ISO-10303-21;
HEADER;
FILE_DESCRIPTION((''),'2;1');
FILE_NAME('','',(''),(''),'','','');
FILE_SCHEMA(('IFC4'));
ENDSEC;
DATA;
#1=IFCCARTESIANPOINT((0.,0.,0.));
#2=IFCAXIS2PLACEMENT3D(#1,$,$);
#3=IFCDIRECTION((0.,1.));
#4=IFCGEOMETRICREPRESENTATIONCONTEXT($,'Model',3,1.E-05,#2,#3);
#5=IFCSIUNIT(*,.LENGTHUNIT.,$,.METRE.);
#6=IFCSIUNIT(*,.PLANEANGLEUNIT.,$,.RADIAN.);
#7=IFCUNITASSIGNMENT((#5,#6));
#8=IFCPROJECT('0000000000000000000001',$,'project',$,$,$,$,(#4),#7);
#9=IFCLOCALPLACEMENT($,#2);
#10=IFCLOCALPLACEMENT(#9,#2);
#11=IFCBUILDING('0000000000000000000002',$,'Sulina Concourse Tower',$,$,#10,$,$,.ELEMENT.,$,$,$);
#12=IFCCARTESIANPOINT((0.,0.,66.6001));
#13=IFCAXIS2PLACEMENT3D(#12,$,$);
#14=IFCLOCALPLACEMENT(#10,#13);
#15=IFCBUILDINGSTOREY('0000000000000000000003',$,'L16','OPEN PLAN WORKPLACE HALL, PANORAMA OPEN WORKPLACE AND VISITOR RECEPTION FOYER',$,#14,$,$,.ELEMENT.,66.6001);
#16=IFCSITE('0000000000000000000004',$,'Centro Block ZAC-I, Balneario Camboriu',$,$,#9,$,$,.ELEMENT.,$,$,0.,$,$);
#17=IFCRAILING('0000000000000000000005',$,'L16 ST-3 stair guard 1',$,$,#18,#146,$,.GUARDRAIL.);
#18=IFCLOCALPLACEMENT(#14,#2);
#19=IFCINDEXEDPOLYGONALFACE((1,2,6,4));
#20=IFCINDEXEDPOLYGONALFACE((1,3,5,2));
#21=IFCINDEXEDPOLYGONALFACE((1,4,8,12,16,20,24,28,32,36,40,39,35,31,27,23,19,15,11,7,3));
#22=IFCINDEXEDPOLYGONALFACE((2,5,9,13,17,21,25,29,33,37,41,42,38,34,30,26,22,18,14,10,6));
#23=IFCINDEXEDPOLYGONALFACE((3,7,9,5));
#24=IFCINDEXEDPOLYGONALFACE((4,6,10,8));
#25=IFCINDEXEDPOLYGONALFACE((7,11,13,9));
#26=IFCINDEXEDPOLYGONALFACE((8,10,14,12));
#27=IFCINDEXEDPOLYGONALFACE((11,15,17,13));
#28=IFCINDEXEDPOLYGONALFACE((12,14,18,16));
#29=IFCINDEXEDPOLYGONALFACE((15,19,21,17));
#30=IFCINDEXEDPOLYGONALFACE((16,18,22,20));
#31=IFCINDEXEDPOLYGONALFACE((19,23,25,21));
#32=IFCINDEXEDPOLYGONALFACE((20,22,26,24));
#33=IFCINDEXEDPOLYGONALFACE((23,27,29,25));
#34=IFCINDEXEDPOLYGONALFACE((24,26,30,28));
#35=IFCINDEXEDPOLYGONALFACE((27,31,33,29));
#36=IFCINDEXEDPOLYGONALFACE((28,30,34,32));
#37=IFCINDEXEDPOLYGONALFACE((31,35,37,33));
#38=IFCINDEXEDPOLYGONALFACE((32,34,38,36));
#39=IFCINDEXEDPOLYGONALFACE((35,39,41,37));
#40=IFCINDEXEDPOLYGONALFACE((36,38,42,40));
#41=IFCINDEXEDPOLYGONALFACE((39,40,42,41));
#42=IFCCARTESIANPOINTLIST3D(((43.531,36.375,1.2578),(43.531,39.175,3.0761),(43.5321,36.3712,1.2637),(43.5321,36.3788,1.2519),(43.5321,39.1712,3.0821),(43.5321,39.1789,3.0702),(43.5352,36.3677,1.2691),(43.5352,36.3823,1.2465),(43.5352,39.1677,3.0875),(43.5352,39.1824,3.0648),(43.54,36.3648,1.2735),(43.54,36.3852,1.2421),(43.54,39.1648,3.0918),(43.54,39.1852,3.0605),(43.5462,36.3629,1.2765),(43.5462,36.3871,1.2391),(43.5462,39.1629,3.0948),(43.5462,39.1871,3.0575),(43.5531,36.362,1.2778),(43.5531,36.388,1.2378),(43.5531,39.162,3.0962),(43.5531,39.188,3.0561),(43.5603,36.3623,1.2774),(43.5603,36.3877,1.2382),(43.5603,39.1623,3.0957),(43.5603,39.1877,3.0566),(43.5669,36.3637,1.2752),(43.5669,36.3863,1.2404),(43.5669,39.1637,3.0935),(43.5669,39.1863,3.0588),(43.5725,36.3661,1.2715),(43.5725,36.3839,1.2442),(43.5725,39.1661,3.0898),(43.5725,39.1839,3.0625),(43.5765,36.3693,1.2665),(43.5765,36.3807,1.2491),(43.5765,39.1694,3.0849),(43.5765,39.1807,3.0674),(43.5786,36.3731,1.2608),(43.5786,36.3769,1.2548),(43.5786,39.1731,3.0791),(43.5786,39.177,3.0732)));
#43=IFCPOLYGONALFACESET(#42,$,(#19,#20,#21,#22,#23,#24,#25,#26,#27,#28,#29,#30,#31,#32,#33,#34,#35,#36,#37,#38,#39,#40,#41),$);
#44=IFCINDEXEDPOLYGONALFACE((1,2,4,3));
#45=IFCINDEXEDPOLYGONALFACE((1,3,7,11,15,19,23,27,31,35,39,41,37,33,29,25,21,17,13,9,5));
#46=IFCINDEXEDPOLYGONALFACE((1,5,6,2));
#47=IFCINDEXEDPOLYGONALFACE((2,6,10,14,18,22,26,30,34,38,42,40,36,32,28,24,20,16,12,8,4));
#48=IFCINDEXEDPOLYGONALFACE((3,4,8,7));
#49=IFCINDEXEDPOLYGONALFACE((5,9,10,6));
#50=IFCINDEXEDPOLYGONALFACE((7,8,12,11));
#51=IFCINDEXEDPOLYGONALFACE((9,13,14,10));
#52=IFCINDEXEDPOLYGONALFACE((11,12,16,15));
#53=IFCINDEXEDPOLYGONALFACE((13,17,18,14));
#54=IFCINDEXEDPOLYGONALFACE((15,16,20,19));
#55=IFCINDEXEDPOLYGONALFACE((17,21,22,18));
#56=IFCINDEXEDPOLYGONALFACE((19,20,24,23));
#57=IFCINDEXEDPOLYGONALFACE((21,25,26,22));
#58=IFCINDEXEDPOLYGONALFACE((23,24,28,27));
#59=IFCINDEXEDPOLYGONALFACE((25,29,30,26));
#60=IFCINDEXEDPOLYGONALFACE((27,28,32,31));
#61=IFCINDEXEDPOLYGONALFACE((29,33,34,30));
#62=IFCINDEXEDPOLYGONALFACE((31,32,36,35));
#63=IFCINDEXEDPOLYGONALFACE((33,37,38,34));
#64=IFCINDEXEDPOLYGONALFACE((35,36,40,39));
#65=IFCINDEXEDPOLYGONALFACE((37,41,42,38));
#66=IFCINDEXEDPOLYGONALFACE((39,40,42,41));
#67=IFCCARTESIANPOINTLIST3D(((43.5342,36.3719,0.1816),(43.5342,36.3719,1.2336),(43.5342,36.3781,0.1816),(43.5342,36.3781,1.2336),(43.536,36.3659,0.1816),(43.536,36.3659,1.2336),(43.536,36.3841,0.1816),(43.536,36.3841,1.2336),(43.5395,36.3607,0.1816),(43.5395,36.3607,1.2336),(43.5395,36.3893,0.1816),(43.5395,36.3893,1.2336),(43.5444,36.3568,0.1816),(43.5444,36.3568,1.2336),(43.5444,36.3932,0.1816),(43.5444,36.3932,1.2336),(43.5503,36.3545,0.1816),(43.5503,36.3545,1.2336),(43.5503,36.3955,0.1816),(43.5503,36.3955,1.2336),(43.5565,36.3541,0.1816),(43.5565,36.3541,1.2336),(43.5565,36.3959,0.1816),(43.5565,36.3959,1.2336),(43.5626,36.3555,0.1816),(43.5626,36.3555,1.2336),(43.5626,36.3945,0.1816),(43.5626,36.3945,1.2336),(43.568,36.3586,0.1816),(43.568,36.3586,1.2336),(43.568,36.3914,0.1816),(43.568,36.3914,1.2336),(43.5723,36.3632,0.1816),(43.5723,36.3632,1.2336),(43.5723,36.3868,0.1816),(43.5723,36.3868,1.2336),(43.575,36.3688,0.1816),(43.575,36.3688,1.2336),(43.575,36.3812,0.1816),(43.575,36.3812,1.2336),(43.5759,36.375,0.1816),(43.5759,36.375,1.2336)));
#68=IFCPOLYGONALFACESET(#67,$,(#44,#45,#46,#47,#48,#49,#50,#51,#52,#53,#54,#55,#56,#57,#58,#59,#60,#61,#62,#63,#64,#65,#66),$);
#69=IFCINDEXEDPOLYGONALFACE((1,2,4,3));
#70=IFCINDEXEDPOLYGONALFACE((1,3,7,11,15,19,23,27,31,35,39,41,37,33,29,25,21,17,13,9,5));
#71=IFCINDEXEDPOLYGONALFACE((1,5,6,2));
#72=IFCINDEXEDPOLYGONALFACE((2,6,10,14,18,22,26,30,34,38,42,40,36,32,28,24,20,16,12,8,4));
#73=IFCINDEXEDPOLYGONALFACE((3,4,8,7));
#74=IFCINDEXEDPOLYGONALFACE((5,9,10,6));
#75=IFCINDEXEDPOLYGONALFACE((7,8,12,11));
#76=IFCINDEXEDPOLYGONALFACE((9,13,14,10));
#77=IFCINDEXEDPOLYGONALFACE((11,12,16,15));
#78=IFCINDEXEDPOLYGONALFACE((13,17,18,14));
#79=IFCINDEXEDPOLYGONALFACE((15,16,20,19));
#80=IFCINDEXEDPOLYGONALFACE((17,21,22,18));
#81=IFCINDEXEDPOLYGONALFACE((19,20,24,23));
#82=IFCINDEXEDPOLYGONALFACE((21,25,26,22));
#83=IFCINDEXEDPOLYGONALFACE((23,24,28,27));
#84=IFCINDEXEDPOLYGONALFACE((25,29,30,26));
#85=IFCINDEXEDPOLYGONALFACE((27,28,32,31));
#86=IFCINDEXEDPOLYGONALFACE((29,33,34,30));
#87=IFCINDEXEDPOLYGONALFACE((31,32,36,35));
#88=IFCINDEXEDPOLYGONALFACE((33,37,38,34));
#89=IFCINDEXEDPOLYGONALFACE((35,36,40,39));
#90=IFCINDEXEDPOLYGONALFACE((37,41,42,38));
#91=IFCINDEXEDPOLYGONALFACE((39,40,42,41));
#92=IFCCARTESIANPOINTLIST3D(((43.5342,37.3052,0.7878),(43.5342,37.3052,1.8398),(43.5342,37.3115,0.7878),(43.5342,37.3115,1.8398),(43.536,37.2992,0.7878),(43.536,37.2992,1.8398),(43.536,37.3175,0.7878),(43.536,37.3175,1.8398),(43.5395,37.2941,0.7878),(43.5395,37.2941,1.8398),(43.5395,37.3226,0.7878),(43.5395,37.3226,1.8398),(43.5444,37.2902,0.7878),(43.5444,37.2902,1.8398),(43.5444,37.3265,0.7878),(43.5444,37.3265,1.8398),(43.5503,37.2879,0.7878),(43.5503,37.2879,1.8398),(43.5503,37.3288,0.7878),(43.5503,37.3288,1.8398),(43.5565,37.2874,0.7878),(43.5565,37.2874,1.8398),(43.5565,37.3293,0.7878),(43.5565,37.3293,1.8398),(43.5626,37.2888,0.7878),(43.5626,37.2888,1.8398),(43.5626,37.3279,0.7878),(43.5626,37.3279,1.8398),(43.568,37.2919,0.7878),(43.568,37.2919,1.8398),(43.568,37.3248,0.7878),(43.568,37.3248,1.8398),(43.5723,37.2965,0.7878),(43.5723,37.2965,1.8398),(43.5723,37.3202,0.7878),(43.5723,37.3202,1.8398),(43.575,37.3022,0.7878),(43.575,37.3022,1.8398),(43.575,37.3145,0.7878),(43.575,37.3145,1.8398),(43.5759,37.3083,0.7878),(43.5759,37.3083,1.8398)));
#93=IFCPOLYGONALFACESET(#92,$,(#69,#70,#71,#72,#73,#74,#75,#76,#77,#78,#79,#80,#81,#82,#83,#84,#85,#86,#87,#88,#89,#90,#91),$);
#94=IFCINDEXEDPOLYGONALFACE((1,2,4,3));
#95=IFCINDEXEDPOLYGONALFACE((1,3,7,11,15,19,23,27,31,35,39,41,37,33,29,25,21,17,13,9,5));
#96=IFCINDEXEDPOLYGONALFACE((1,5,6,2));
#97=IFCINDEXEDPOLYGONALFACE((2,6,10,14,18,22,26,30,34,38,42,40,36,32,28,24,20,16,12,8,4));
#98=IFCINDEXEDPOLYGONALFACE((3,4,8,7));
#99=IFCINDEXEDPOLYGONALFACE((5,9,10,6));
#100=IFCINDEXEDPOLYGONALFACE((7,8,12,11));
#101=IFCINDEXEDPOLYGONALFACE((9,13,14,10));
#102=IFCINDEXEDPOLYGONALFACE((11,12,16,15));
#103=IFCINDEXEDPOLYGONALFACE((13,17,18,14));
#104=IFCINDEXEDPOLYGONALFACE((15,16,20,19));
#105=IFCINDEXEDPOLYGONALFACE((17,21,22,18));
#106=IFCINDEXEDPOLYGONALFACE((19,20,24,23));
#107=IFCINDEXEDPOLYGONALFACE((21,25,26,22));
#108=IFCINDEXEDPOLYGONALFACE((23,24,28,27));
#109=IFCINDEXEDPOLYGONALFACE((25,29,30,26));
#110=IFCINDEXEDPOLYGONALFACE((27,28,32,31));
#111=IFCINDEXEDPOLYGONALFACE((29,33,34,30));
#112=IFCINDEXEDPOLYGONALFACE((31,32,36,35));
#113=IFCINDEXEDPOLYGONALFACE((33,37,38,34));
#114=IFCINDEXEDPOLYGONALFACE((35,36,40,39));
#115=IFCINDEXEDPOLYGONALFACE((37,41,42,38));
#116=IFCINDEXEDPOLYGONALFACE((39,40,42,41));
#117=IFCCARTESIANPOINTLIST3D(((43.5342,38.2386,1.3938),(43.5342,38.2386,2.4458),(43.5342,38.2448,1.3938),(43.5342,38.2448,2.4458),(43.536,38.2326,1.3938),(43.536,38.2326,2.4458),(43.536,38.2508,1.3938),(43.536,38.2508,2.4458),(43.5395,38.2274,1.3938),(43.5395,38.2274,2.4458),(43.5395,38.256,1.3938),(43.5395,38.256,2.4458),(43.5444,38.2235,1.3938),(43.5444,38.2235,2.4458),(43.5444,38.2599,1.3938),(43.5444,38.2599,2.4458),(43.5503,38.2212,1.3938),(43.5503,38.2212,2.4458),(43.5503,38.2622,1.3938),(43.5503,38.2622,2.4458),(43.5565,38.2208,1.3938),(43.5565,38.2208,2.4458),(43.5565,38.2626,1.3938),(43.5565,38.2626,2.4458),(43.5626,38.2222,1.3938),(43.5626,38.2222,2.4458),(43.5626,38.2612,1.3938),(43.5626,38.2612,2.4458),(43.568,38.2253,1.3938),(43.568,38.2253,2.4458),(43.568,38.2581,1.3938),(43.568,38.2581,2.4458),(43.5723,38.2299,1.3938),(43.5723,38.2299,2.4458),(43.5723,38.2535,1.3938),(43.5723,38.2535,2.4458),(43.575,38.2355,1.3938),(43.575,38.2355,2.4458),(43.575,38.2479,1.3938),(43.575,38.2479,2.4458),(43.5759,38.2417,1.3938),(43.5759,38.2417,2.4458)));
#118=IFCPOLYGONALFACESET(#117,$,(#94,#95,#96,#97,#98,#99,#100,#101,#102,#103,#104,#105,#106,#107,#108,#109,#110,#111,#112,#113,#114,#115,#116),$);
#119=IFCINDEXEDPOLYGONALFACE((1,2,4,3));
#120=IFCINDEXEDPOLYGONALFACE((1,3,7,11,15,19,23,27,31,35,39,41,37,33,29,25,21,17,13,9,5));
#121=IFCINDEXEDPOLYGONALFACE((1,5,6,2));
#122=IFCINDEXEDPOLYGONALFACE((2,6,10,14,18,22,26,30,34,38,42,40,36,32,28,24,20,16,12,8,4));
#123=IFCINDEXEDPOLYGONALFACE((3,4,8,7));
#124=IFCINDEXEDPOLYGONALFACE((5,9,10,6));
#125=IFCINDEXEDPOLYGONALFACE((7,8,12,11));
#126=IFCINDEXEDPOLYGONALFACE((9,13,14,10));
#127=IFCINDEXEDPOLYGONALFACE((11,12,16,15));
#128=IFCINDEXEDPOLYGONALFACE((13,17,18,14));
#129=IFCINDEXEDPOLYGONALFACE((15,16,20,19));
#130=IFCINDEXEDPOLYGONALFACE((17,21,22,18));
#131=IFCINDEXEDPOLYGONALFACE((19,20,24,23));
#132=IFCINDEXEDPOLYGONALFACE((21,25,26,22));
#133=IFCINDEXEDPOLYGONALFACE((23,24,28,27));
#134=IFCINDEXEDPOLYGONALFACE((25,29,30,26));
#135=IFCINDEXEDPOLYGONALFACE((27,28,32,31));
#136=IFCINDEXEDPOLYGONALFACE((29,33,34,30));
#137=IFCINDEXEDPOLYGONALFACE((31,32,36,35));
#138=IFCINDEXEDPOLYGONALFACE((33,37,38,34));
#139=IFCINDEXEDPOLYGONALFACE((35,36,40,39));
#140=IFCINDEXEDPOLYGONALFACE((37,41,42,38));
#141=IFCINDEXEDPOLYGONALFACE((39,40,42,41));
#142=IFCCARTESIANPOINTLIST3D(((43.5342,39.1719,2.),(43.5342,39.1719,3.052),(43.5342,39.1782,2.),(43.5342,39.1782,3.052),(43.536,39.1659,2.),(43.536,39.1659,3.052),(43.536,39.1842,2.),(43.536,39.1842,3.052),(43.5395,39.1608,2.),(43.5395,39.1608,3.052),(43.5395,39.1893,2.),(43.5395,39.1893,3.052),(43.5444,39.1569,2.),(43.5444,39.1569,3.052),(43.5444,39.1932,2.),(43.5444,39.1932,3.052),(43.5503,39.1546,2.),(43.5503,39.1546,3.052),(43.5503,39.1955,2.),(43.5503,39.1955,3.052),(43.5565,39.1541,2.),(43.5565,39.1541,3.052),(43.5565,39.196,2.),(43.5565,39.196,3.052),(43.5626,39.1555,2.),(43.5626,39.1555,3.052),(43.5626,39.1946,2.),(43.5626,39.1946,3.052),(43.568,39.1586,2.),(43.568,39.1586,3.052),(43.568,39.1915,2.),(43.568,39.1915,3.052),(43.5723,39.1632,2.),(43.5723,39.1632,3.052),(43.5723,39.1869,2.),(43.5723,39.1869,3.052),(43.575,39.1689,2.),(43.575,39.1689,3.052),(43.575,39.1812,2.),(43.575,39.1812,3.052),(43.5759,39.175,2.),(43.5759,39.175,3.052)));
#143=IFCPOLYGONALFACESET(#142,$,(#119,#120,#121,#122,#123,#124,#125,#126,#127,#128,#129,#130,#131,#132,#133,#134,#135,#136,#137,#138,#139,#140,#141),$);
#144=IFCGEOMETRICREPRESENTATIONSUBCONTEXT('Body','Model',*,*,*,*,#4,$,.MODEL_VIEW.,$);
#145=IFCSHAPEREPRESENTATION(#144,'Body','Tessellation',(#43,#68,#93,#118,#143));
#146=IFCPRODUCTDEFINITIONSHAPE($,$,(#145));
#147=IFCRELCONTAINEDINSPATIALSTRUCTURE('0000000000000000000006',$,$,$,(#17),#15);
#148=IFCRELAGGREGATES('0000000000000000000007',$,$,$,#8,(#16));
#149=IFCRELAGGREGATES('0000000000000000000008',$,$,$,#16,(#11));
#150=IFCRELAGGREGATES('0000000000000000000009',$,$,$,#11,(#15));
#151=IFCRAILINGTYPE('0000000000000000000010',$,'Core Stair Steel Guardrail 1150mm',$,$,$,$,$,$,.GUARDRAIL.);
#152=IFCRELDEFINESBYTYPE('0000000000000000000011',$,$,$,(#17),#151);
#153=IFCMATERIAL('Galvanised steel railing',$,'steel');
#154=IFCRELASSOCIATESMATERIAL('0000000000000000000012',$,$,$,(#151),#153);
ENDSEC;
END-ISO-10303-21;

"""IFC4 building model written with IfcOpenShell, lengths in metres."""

from ifc_helpers import new_model, si_unit, direction, frame, origin, origin_2d, place, context, subcontext, project, spatial, circle, extrude, material, type_object, element, save


model = new_model("IFC4")

# Units and contexts
model_context = context("Model", 3, precision=1e-05, world=origin(), true_north=direction((0.0, 1.0)))
body_context = subcontext(model_context, "Body", "Model", "MODEL_VIEW")
ifc_project = project(units=[si_unit("LENGTHUNIT", "METRE"), si_unit("PLANEANGLEUNIT", "RADIAN")], contexts=[model_context])

# Site, building, storey
site_placement = place(None, origin())
site = spatial("IfcSite", under=ifc_project, at=site_placement, Name="Centro Block ZAC-I, Balneario Camboriu", CompositionType="ELEMENT", RefElevation=0.0)
building_placement = place(site_placement, origin())
building = spatial("IfcBuilding", under=site, at=building_placement, Name="Sulina Concourse Tower", CompositionType="ELEMENT")
storey_placement = place(building_placement, frame((0.0, 0.0, 66.6001)))
storey = spatial("IfcBuildingStorey", under=building, at=storey_placement, Name="L16", Description="OPEN PLAN WORKPLACE HALL, PANORAMA OPEN WORKPLACE AND VISITOR RECEPTION FOYER", CompositionType="ELEMENT", Elevation=66.6001)

# Railing
ifc_material_1 = material(Name="Galvanised steel railing", Category="steel")
railing_type_1 = type_object("IfcRailingType", Name="Core Stair Steel Guardrail 1150mm", PredefinedType="GUARDRAIL", material=ifc_material_1)
railing_1_placement = place(storey_placement, frame((43.5549, 36.375, 0.1816)))
element("IfcRailing", 1, at=railing_1_placement, inside=storey, type_object=railing_type_1, Name="L16 ST-3 stair guard 1", PredefinedType="GUARDRAIL", context=body_context, shape_type="SweptSolid", body=[
    extrude(circle(Radius=0.0239, at=origin_2d()), frame((0.0, 0.0, 1.0762), z_axis=(0.0, 0.838672, 0.544636), x_axis=(-1.0, 0.0, 0.0)), (0.0, 0.0, 1.0), 3.3386),
    extrude(circle(Radius=0.021, at=origin_2d()), origin(), (0.0, 0.0, 1.0), 1.052),
    extrude(circle(Radius=0.021, at=origin_2d()), frame((0.0, 0.9333, 0.6062)), (0.0, 0.0, 1.0), 1.052),
    extrude(circle(Radius=0.021, at=origin_2d()), frame((0.0, 1.8667, 1.2122)), (0.0, 0.0, 1.0), 1.052),
    extrude(circle(Radius=0.021, at=origin_2d()), frame((0.0, 2.8, 1.8184)), (0.0, 0.0, 1.0), 1.052),
])

save(model, "model.ifc")
